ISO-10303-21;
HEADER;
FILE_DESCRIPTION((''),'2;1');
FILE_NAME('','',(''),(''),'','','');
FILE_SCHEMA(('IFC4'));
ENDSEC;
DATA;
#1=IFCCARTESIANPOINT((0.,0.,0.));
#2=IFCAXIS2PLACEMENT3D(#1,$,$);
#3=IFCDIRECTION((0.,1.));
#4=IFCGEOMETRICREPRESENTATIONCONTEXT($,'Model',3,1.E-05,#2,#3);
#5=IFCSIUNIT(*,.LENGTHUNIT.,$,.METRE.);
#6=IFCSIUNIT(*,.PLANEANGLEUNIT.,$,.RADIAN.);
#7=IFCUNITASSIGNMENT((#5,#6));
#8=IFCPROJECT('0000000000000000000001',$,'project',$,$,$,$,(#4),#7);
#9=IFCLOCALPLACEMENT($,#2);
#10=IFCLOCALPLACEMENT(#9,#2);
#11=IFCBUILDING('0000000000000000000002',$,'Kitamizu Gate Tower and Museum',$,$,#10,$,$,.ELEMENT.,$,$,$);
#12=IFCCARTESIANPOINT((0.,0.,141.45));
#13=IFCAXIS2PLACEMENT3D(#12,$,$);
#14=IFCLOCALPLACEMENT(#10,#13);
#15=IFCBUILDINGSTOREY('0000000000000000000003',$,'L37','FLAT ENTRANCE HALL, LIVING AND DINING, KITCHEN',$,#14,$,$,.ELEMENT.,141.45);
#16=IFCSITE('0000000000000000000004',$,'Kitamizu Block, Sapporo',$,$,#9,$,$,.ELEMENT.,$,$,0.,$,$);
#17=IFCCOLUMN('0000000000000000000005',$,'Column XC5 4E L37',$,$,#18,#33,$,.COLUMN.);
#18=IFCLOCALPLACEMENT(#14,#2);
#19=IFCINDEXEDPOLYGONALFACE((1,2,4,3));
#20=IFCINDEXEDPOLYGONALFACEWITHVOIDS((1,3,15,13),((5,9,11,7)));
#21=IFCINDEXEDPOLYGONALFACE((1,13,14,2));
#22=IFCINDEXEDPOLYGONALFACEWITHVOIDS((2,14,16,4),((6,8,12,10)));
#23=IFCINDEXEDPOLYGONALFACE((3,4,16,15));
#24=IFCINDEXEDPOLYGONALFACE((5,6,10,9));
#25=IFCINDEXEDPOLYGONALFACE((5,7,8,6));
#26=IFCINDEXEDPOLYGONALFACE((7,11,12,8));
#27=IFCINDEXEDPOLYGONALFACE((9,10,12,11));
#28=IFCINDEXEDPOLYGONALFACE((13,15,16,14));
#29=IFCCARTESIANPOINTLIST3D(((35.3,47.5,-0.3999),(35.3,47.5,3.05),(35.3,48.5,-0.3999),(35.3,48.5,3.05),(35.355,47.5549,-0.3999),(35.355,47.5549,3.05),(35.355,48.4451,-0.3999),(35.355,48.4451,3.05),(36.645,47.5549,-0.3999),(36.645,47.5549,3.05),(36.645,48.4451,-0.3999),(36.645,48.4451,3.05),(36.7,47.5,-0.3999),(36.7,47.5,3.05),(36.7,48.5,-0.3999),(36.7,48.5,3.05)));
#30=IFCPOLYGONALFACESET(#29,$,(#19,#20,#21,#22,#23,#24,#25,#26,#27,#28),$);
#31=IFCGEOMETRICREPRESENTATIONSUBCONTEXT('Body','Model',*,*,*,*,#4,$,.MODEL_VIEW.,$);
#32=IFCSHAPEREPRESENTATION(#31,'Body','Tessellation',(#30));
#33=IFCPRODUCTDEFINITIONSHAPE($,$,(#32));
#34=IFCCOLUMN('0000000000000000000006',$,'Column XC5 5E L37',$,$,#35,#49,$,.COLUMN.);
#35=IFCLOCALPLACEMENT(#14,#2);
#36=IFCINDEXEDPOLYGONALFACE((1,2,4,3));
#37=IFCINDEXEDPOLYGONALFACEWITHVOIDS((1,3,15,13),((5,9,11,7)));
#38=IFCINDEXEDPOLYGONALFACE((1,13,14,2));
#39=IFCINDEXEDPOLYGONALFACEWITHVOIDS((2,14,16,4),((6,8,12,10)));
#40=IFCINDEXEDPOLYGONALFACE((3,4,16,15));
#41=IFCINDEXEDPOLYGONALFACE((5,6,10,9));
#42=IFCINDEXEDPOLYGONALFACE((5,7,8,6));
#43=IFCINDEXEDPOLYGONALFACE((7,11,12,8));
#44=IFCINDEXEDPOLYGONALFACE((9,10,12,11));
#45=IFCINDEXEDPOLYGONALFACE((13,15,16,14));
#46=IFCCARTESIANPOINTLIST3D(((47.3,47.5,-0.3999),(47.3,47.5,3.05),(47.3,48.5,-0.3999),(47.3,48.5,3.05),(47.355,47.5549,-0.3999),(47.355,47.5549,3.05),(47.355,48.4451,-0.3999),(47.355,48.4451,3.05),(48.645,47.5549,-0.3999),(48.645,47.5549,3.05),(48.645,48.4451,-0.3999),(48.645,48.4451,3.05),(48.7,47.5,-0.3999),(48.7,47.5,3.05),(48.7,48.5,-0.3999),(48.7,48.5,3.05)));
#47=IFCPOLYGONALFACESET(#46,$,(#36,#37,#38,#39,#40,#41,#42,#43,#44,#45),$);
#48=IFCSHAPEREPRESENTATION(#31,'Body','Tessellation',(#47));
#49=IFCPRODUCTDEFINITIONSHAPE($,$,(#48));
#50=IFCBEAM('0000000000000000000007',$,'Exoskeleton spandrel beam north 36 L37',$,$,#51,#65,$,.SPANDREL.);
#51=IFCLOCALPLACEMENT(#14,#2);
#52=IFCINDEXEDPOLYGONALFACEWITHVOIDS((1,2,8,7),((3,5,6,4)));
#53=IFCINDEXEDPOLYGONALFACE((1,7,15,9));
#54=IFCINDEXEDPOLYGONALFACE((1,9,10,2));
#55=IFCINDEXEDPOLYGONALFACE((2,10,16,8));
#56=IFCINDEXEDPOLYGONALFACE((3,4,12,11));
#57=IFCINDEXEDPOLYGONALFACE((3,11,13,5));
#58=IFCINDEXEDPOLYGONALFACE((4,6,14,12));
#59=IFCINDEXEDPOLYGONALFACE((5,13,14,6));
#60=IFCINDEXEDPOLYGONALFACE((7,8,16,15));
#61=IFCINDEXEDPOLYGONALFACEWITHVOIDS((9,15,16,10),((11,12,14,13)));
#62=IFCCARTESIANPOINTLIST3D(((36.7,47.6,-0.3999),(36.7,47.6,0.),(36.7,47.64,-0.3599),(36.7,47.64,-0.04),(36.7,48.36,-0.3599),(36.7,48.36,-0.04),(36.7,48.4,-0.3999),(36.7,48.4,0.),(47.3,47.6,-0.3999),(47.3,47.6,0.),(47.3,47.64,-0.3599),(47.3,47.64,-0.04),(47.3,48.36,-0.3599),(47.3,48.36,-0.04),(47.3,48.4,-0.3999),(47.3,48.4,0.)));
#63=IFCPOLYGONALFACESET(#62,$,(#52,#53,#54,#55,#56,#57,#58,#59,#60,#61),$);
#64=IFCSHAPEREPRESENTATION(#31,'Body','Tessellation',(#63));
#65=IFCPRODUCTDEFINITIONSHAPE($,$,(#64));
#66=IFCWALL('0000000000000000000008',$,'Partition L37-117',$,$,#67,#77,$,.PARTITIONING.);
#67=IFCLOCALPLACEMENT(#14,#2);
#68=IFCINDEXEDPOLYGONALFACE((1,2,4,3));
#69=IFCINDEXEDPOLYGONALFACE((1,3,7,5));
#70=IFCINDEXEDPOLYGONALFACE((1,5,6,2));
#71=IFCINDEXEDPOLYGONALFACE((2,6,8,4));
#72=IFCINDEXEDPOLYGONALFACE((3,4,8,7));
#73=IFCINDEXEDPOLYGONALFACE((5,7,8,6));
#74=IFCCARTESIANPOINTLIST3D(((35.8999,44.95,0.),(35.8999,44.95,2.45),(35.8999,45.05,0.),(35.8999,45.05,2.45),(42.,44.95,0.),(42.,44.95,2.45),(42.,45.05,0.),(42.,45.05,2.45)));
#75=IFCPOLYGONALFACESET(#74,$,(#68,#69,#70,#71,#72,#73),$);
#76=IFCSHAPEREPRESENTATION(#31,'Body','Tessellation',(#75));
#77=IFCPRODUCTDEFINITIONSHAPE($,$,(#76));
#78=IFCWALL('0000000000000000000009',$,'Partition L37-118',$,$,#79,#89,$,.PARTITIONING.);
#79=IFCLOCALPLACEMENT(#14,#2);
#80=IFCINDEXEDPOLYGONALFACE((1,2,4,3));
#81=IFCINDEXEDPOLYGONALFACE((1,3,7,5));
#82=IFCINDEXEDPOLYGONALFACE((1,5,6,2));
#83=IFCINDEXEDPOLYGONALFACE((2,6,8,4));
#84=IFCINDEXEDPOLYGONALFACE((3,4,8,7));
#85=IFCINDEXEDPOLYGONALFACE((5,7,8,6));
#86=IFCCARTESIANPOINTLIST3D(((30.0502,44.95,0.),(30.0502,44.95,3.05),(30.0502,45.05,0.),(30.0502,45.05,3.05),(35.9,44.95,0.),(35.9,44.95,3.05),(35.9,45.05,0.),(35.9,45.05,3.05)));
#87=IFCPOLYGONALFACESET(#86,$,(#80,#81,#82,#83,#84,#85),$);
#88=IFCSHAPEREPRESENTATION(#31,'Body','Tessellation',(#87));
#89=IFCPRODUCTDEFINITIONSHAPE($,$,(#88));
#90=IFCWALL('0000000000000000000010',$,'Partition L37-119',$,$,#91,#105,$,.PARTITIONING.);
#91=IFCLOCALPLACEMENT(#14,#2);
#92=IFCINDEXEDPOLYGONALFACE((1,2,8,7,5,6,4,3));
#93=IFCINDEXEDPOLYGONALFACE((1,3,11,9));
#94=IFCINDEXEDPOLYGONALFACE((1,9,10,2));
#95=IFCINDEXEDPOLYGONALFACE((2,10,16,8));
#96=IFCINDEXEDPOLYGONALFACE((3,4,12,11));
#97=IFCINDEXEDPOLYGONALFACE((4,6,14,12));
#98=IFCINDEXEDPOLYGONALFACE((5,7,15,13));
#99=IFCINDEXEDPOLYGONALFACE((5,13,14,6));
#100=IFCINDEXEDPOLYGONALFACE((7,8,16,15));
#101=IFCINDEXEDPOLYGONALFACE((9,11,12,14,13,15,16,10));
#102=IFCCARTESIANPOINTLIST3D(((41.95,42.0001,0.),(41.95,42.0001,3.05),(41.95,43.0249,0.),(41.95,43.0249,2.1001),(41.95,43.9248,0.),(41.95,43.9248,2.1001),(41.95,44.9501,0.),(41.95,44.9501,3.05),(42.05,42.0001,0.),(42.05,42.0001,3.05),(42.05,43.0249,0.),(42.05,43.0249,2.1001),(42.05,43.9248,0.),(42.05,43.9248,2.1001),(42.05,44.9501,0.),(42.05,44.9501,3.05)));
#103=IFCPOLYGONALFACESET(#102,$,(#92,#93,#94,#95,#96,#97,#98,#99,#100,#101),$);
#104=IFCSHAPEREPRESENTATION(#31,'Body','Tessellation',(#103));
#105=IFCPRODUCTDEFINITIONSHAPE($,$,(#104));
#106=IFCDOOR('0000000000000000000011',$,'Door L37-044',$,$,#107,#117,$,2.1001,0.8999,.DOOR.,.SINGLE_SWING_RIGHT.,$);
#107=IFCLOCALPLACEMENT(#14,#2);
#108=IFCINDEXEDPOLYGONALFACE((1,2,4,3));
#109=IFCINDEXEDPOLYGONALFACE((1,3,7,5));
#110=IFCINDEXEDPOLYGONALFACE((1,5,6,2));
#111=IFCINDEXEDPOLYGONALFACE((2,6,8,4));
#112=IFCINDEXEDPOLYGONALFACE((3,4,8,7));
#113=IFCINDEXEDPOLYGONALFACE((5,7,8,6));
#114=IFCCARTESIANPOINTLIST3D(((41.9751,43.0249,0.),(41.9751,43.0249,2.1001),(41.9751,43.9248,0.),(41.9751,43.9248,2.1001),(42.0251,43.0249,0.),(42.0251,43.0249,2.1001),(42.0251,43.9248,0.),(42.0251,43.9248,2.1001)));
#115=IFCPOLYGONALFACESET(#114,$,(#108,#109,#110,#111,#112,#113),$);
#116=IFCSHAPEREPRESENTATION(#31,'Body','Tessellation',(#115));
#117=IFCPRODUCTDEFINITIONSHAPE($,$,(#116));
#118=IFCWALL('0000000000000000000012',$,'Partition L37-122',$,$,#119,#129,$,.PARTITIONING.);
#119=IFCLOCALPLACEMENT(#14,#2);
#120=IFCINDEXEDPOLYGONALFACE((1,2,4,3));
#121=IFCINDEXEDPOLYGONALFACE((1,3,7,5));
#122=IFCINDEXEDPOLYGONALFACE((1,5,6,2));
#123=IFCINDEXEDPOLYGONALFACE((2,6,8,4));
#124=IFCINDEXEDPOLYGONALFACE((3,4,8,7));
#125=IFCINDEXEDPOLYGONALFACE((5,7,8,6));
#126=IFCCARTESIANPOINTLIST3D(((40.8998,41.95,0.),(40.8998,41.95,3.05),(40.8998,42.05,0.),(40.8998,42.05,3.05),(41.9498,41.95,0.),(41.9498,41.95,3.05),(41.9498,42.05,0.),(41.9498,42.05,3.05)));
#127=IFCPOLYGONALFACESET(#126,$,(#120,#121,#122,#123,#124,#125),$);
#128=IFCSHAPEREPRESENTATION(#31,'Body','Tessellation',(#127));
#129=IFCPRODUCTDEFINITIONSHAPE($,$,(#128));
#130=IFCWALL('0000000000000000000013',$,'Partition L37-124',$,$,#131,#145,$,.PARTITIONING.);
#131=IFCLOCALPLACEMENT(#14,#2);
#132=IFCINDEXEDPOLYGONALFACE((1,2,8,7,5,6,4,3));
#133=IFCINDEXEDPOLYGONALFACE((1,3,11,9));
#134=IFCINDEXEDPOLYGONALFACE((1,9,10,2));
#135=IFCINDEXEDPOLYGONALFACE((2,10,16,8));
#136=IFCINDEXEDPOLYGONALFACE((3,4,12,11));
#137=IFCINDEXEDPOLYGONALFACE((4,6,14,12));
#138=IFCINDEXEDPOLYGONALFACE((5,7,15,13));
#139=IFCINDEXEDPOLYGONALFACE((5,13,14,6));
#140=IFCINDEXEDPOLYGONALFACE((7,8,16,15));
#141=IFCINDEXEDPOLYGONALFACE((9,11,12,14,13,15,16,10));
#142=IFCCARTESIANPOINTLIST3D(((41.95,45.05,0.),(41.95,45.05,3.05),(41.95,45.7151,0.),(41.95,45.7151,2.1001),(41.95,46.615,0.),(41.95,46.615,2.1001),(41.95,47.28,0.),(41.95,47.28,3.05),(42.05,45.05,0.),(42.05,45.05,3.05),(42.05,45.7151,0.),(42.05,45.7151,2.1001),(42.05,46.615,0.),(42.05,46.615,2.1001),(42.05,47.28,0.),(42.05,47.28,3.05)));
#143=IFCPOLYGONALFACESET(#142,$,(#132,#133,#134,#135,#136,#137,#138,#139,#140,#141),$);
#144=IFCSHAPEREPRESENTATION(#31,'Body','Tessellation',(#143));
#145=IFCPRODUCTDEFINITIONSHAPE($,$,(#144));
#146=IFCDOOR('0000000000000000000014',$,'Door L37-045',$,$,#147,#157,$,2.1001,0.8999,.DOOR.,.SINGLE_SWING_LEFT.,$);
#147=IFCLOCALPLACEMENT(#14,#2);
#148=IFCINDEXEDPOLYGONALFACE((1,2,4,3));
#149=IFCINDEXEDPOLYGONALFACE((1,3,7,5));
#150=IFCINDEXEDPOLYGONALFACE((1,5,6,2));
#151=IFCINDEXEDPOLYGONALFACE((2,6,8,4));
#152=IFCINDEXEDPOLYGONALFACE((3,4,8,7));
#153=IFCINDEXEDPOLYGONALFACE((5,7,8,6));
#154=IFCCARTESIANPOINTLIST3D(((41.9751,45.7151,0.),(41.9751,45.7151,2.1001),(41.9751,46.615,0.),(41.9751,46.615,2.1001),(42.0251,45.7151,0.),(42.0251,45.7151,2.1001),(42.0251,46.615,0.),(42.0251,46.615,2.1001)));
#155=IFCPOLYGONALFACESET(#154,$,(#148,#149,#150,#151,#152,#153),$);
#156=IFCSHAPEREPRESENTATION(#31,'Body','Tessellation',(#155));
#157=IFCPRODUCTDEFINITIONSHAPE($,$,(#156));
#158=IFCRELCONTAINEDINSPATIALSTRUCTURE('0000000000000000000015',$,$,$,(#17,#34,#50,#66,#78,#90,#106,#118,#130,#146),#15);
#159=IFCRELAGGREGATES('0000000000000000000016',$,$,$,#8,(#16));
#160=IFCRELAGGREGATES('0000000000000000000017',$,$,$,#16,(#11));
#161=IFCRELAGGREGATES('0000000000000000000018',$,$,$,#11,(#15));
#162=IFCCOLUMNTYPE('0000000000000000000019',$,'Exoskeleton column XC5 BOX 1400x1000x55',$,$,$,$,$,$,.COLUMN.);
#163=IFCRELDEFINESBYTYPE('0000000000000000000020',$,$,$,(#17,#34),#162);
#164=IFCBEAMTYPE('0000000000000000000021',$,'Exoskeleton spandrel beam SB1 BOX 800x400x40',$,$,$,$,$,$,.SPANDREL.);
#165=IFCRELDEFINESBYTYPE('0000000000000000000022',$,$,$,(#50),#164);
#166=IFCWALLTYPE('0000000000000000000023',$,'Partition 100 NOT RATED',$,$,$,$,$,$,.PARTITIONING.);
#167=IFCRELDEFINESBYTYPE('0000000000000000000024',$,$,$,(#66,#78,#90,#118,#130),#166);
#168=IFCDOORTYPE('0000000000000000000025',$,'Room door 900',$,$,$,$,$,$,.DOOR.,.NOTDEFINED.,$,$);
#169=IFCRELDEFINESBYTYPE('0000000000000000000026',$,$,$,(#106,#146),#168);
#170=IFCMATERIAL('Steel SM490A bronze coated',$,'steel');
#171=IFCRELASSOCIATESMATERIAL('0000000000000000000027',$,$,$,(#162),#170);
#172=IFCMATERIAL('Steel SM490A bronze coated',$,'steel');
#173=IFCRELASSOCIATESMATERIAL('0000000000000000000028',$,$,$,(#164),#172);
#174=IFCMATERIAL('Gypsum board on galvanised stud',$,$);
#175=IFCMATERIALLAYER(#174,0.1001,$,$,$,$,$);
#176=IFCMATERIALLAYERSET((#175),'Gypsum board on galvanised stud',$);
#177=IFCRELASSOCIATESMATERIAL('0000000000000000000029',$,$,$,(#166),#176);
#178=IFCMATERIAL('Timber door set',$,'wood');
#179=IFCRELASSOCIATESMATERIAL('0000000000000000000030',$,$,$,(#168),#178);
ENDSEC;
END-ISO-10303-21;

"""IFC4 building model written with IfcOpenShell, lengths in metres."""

from ifc_helpers import new_model, si_unit, direction, frame, frame_2d, origin, origin_2d, place, context, subcontext, project, spatial, rectangle, hollow_rectangle, extrude, material, layer, layer_set, material_profile, profile_set, type_object, element, fill, save


model = new_model("IFC4")

# Units and contexts
model_context = context("Model", 3, precision=1e-05, world=origin(), true_north=direction((0.0, 1.0)))
body_context = subcontext(model_context, "Body", "Model", "MODEL_VIEW")
ifc_project = project(units=[si_unit("LENGTHUNIT", "METRE"), si_unit("PLANEANGLEUNIT", "RADIAN")], contexts=[model_context])

# Site, building, storey
site_placement = place(None, origin())
site = spatial("IfcSite", under=ifc_project, at=site_placement, Name="Kitamizu Block, Sapporo", CompositionType="ELEMENT", RefElevation=0.0)
building_placement = place(site_placement, origin())
building = spatial("IfcBuilding", under=site, at=building_placement, Name="Kitamizu Gate Tower and Museum", CompositionType="ELEMENT")
storey_placement = place(building_placement, frame((0.0, 0.0, 141.45)))
storey = spatial("IfcBuildingStorey", under=building, at=storey_placement, Name="L37", Description="FLAT ENTRANCE HALL, LIVING AND DINING, KITCHEN", CompositionType="ELEMENT", Elevation=141.45)

# Columns
ifc_material_1 = material(Name="Steel SM490A bronze coated", Category="steel")
ifc_material_profile_1 = material_profile(ifc_material_1, hollow_rectangle(XDim=1.3999, YDim=1.0, WallThickness=0.0549, at=origin_2d()), Name="BOX 1400x1000x55")
ifc_profile_set_1 = profile_set([ifc_material_profile_1], Name="Steel SM490A bronze coated")
column_type = type_object("IfcColumnType", Name="Exoskeleton column XC5 BOX 1400x1000x55", PredefinedType="COLUMN", material=ifc_profile_set_1)
for number, where, z_axis, x_axis, name in (
    (1, (36.0, 48.0, -0.3999), (0.0, 0.0, 1.0), (1.0, 0.0, 0.0), "Column XC5 4E L37"),
    (2, (48.0, 48.0, -0.3999), (0.0, 0.0, 1.0), (1.0, 0.0, 0.0), "Column XC5 5E L37"),
):
    element("IfcColumn", number, at=place(storey_placement, frame(where, z_axis=z_axis, x_axis=x_axis)), inside=storey, type_object=column_type, Name=name, PredefinedType="COLUMN", context=body_context, shape_type="SweptSolid", body=[
        extrude(hollow_rectangle(XDim=1.3999, YDim=1.0, WallThickness=0.0549, at=origin_2d()), origin(), (0.0, 0.0, 1.0), 3.45),
    ])

# Beam
ifc_material_2 = material(Name="Steel SM490A bronze coated", Category="steel")
ifc_material_profile_2 = material_profile(ifc_material_2, hollow_rectangle(XDim=0.8, YDim=0.3999, WallThickness=0.04, at=origin_2d()), Name="BOX 800x400x40")
ifc_profile_set_2 = profile_set([ifc_material_profile_2], Name="Steel SM490A bronze coated")
beam_type = type_object("IfcBeamType", Name="Exoskeleton spandrel beam SB1 BOX 800x400x40", PredefinedType="SPANDREL", material=ifc_profile_set_2)
beam_placement = place(storey_placement, frame((36.7, 48.0, -0.2), z_axis=(1.0, 0.0, 0.0), x_axis=(0.0, 1.0, 0.0)))
element("IfcBeam", 3, at=beam_placement, inside=storey, type_object=beam_type, Name="Exoskeleton spandrel beam north 36 L37", PredefinedType="SPANDREL", context=body_context, shape_type="SweptSolid", body=[
    extrude(hollow_rectangle(XDim=0.8, YDim=0.3999, WallThickness=0.04, at=origin_2d()), origin(), (0.0, 0.0, 1.0), 10.6001),
])

# Walls
ifc_material_3 = material(Name="Gypsum board on galvanised stud")
ifc_layer_1 = layer(ifc_material_3, 0.1001)
ifc_layer_set_1 = layer_set([ifc_layer_1], Name="Gypsum board on galvanised stud")
wall_type_1 = type_object("IfcWallType", Name="Partition 100 NOT RATED", PredefinedType="PARTITIONING", material=ifc_layer_set_1)
wall_1_placement = place(storey_placement, frame((42.0, 45.0, 0.0), z_axis=(0.0, 0.0, 1.0), x_axis=(-1.0, 0.0, 0.0)))
element("IfcWall", 4, at=wall_1_placement, inside=storey, type_object=wall_type_1, Name="Partition L37-117", PredefinedType="PARTITIONING", context=body_context, shape_type="SweptSolid", body=[
    extrude(rectangle(XDim=6.1001, YDim=0.1001, at=frame_2d((3.05, 0.0))), origin(), (0.0, 0.0, 1.0), 2.45),
])
wall_2_placement = place(storey_placement, frame((35.8999, 45.0, 0.0), z_axis=(0.0, 0.0, 1.0), x_axis=(-1.0, 0.0, 0.0)))
element("IfcWall", 5, at=wall_2_placement, inside=storey, type_object=wall_type_1, Name="Partition L37-118", PredefinedType="PARTITIONING", context=body_context, shape_type="SweptSolid", body=[
    extrude(rectangle(XDim=5.8499, YDim=0.1001, at=frame_2d((2.9248, 0.0))), origin(), (0.0, 0.0, 1.0), 3.05),
])

# Wall, opening, door
wall_3_placement = place(storey_placement, frame((42.0, 42.0, 0.0), z_axis=(0.0, 0.0, 1.0), x_axis=(0.0, 1.0, 0.0)))
wall_3 = element("IfcWall", 6, at=wall_3_placement, inside=storey, type_object=wall_type_1, Name="Partition L37-119", PredefinedType="PARTITIONING", context=body_context, shape_type="SweptSolid", body=[
    extrude(rectangle(XDim=2.95, YDim=0.1001, at=frame_2d((1.4751, 0.0))), origin(), (0.0, 0.0, 1.0), 3.05),
])
opening_1_placement = place(wall_3_placement, frame((1.0249, 0.0, 0.0)))
opening_1 = element("IfcOpeningElement", 7, at=opening_1_placement, cuts=wall_3, PredefinedType="OPENING", context=body_context, shape_type="SweptSolid", body=[
    extrude(rectangle(XDim=0.8999, YDim=2.1001, at=frame_2d((0.45, 1.05))), frame((0.0, 0.0601, 0.0), z_axis=(0.0, -1.0, 0.0), x_axis=(1.0, 0.0, 0.0)), (0.0, 0.0, 1.0), 0.1201),
])
ifc_material_4 = material(Name="Timber door set", Category="wood")
door_type_1 = type_object("IfcDoorType", Name="Room door 900", OperationType="NOTDEFINED", PredefinedType="DOOR", material=ifc_material_4)
door_1_placement = place(opening_1_placement, origin())
door_1 = element("IfcDoor", 8, at=door_1_placement, inside=storey, type_object=door_type_1, Name="Door L37-044", OperationType="SINGLE_SWING_RIGHT", OverallHeight=2.1001, OverallWidth=0.8999, PredefinedType="DOOR", context=body_context, shape_type="SweptSolid", body=[
    extrude(rectangle(XDim=0.8999, YDim=2.1001, at=frame_2d((0.45, 1.05))), frame((0.0, 0.0249, 0.0), z_axis=(0.0, -1.0, 0.0), x_axis=(1.0, 0.0, 0.0)), (0.0, 0.0, 1.0), 0.05),
])
fill(opening_1, door_1)

# Wall
wall_4_placement = place(storey_placement, frame((40.8999, 42.0, 0.0), z_axis=(0.0, 0.0, 1.0), x_axis=(1.0, 0.0, 0.0)))
element("IfcWall", 9, at=wall_4_placement, inside=storey, type_object=wall_type_1, Name="Partition L37-122", PredefinedType="PARTITIONING", context=body_context, shape_type="SweptSolid", body=[
    extrude(rectangle(XDim=1.05, YDim=0.1001, at=frame_2d((0.5249, 0.0))), origin(), (0.0, 0.0, 1.0), 3.05),
])

# Wall, opening, door
wall_5_placement = place(storey_placement, frame((42.0, 45.05, 0.0), z_axis=(0.0, 0.0, 1.0), x_axis=(0.0, 1.0, 0.0)))
wall_5 = element("IfcWall", 10, at=wall_5_placement, inside=storey, type_object=wall_type_1, Name="Partition L37-124", PredefinedType="PARTITIONING", context=body_context, shape_type="SweptSolid", body=[
    extrude(rectangle(XDim=2.23, YDim=0.1001, at=frame_2d((1.115, 0.0))), origin(), (0.0, 0.0, 1.0), 3.05),
])
opening_2_placement = place(wall_5_placement, frame((0.665, 0.0, 0.0)))
opening_2 = element("IfcOpeningElement", 11, at=opening_2_placement, cuts=wall_5, PredefinedType="OPENING", context=body_context, shape_type="SweptSolid", body=[
    extrude(rectangle(XDim=0.8999, YDim=2.1001, at=frame_2d((0.45, 1.05))), frame((0.0, 0.0601, 0.0), z_axis=(0.0, -1.0, 0.0), x_axis=(1.0, 0.0, 0.0)), (0.0, 0.0, 1.0), 0.1201),
])
door_2_placement = place(opening_2_placement, origin())
door_2 = element("IfcDoor", 12, at=door_2_placement, inside=storey, type_object=door_type_1, Name="Door L37-045", OperationType="SINGLE_SWING_LEFT", OverallHeight=2.1001, OverallWidth=0.8999, PredefinedType="DOOR", context=body_context, shape_type="SweptSolid", body=[
    extrude(rectangle(XDim=0.8999, YDim=2.1001, at=frame_2d((0.45, 1.05))), frame((0.0, 0.0249, 0.0), z_axis=(0.0, -1.0, 0.0), x_axis=(1.0, 0.0, 0.0)), (0.0, 0.0, 1.0), 0.05),
])
fill(opening_2, door_2)

save(model, "model.ifc")
